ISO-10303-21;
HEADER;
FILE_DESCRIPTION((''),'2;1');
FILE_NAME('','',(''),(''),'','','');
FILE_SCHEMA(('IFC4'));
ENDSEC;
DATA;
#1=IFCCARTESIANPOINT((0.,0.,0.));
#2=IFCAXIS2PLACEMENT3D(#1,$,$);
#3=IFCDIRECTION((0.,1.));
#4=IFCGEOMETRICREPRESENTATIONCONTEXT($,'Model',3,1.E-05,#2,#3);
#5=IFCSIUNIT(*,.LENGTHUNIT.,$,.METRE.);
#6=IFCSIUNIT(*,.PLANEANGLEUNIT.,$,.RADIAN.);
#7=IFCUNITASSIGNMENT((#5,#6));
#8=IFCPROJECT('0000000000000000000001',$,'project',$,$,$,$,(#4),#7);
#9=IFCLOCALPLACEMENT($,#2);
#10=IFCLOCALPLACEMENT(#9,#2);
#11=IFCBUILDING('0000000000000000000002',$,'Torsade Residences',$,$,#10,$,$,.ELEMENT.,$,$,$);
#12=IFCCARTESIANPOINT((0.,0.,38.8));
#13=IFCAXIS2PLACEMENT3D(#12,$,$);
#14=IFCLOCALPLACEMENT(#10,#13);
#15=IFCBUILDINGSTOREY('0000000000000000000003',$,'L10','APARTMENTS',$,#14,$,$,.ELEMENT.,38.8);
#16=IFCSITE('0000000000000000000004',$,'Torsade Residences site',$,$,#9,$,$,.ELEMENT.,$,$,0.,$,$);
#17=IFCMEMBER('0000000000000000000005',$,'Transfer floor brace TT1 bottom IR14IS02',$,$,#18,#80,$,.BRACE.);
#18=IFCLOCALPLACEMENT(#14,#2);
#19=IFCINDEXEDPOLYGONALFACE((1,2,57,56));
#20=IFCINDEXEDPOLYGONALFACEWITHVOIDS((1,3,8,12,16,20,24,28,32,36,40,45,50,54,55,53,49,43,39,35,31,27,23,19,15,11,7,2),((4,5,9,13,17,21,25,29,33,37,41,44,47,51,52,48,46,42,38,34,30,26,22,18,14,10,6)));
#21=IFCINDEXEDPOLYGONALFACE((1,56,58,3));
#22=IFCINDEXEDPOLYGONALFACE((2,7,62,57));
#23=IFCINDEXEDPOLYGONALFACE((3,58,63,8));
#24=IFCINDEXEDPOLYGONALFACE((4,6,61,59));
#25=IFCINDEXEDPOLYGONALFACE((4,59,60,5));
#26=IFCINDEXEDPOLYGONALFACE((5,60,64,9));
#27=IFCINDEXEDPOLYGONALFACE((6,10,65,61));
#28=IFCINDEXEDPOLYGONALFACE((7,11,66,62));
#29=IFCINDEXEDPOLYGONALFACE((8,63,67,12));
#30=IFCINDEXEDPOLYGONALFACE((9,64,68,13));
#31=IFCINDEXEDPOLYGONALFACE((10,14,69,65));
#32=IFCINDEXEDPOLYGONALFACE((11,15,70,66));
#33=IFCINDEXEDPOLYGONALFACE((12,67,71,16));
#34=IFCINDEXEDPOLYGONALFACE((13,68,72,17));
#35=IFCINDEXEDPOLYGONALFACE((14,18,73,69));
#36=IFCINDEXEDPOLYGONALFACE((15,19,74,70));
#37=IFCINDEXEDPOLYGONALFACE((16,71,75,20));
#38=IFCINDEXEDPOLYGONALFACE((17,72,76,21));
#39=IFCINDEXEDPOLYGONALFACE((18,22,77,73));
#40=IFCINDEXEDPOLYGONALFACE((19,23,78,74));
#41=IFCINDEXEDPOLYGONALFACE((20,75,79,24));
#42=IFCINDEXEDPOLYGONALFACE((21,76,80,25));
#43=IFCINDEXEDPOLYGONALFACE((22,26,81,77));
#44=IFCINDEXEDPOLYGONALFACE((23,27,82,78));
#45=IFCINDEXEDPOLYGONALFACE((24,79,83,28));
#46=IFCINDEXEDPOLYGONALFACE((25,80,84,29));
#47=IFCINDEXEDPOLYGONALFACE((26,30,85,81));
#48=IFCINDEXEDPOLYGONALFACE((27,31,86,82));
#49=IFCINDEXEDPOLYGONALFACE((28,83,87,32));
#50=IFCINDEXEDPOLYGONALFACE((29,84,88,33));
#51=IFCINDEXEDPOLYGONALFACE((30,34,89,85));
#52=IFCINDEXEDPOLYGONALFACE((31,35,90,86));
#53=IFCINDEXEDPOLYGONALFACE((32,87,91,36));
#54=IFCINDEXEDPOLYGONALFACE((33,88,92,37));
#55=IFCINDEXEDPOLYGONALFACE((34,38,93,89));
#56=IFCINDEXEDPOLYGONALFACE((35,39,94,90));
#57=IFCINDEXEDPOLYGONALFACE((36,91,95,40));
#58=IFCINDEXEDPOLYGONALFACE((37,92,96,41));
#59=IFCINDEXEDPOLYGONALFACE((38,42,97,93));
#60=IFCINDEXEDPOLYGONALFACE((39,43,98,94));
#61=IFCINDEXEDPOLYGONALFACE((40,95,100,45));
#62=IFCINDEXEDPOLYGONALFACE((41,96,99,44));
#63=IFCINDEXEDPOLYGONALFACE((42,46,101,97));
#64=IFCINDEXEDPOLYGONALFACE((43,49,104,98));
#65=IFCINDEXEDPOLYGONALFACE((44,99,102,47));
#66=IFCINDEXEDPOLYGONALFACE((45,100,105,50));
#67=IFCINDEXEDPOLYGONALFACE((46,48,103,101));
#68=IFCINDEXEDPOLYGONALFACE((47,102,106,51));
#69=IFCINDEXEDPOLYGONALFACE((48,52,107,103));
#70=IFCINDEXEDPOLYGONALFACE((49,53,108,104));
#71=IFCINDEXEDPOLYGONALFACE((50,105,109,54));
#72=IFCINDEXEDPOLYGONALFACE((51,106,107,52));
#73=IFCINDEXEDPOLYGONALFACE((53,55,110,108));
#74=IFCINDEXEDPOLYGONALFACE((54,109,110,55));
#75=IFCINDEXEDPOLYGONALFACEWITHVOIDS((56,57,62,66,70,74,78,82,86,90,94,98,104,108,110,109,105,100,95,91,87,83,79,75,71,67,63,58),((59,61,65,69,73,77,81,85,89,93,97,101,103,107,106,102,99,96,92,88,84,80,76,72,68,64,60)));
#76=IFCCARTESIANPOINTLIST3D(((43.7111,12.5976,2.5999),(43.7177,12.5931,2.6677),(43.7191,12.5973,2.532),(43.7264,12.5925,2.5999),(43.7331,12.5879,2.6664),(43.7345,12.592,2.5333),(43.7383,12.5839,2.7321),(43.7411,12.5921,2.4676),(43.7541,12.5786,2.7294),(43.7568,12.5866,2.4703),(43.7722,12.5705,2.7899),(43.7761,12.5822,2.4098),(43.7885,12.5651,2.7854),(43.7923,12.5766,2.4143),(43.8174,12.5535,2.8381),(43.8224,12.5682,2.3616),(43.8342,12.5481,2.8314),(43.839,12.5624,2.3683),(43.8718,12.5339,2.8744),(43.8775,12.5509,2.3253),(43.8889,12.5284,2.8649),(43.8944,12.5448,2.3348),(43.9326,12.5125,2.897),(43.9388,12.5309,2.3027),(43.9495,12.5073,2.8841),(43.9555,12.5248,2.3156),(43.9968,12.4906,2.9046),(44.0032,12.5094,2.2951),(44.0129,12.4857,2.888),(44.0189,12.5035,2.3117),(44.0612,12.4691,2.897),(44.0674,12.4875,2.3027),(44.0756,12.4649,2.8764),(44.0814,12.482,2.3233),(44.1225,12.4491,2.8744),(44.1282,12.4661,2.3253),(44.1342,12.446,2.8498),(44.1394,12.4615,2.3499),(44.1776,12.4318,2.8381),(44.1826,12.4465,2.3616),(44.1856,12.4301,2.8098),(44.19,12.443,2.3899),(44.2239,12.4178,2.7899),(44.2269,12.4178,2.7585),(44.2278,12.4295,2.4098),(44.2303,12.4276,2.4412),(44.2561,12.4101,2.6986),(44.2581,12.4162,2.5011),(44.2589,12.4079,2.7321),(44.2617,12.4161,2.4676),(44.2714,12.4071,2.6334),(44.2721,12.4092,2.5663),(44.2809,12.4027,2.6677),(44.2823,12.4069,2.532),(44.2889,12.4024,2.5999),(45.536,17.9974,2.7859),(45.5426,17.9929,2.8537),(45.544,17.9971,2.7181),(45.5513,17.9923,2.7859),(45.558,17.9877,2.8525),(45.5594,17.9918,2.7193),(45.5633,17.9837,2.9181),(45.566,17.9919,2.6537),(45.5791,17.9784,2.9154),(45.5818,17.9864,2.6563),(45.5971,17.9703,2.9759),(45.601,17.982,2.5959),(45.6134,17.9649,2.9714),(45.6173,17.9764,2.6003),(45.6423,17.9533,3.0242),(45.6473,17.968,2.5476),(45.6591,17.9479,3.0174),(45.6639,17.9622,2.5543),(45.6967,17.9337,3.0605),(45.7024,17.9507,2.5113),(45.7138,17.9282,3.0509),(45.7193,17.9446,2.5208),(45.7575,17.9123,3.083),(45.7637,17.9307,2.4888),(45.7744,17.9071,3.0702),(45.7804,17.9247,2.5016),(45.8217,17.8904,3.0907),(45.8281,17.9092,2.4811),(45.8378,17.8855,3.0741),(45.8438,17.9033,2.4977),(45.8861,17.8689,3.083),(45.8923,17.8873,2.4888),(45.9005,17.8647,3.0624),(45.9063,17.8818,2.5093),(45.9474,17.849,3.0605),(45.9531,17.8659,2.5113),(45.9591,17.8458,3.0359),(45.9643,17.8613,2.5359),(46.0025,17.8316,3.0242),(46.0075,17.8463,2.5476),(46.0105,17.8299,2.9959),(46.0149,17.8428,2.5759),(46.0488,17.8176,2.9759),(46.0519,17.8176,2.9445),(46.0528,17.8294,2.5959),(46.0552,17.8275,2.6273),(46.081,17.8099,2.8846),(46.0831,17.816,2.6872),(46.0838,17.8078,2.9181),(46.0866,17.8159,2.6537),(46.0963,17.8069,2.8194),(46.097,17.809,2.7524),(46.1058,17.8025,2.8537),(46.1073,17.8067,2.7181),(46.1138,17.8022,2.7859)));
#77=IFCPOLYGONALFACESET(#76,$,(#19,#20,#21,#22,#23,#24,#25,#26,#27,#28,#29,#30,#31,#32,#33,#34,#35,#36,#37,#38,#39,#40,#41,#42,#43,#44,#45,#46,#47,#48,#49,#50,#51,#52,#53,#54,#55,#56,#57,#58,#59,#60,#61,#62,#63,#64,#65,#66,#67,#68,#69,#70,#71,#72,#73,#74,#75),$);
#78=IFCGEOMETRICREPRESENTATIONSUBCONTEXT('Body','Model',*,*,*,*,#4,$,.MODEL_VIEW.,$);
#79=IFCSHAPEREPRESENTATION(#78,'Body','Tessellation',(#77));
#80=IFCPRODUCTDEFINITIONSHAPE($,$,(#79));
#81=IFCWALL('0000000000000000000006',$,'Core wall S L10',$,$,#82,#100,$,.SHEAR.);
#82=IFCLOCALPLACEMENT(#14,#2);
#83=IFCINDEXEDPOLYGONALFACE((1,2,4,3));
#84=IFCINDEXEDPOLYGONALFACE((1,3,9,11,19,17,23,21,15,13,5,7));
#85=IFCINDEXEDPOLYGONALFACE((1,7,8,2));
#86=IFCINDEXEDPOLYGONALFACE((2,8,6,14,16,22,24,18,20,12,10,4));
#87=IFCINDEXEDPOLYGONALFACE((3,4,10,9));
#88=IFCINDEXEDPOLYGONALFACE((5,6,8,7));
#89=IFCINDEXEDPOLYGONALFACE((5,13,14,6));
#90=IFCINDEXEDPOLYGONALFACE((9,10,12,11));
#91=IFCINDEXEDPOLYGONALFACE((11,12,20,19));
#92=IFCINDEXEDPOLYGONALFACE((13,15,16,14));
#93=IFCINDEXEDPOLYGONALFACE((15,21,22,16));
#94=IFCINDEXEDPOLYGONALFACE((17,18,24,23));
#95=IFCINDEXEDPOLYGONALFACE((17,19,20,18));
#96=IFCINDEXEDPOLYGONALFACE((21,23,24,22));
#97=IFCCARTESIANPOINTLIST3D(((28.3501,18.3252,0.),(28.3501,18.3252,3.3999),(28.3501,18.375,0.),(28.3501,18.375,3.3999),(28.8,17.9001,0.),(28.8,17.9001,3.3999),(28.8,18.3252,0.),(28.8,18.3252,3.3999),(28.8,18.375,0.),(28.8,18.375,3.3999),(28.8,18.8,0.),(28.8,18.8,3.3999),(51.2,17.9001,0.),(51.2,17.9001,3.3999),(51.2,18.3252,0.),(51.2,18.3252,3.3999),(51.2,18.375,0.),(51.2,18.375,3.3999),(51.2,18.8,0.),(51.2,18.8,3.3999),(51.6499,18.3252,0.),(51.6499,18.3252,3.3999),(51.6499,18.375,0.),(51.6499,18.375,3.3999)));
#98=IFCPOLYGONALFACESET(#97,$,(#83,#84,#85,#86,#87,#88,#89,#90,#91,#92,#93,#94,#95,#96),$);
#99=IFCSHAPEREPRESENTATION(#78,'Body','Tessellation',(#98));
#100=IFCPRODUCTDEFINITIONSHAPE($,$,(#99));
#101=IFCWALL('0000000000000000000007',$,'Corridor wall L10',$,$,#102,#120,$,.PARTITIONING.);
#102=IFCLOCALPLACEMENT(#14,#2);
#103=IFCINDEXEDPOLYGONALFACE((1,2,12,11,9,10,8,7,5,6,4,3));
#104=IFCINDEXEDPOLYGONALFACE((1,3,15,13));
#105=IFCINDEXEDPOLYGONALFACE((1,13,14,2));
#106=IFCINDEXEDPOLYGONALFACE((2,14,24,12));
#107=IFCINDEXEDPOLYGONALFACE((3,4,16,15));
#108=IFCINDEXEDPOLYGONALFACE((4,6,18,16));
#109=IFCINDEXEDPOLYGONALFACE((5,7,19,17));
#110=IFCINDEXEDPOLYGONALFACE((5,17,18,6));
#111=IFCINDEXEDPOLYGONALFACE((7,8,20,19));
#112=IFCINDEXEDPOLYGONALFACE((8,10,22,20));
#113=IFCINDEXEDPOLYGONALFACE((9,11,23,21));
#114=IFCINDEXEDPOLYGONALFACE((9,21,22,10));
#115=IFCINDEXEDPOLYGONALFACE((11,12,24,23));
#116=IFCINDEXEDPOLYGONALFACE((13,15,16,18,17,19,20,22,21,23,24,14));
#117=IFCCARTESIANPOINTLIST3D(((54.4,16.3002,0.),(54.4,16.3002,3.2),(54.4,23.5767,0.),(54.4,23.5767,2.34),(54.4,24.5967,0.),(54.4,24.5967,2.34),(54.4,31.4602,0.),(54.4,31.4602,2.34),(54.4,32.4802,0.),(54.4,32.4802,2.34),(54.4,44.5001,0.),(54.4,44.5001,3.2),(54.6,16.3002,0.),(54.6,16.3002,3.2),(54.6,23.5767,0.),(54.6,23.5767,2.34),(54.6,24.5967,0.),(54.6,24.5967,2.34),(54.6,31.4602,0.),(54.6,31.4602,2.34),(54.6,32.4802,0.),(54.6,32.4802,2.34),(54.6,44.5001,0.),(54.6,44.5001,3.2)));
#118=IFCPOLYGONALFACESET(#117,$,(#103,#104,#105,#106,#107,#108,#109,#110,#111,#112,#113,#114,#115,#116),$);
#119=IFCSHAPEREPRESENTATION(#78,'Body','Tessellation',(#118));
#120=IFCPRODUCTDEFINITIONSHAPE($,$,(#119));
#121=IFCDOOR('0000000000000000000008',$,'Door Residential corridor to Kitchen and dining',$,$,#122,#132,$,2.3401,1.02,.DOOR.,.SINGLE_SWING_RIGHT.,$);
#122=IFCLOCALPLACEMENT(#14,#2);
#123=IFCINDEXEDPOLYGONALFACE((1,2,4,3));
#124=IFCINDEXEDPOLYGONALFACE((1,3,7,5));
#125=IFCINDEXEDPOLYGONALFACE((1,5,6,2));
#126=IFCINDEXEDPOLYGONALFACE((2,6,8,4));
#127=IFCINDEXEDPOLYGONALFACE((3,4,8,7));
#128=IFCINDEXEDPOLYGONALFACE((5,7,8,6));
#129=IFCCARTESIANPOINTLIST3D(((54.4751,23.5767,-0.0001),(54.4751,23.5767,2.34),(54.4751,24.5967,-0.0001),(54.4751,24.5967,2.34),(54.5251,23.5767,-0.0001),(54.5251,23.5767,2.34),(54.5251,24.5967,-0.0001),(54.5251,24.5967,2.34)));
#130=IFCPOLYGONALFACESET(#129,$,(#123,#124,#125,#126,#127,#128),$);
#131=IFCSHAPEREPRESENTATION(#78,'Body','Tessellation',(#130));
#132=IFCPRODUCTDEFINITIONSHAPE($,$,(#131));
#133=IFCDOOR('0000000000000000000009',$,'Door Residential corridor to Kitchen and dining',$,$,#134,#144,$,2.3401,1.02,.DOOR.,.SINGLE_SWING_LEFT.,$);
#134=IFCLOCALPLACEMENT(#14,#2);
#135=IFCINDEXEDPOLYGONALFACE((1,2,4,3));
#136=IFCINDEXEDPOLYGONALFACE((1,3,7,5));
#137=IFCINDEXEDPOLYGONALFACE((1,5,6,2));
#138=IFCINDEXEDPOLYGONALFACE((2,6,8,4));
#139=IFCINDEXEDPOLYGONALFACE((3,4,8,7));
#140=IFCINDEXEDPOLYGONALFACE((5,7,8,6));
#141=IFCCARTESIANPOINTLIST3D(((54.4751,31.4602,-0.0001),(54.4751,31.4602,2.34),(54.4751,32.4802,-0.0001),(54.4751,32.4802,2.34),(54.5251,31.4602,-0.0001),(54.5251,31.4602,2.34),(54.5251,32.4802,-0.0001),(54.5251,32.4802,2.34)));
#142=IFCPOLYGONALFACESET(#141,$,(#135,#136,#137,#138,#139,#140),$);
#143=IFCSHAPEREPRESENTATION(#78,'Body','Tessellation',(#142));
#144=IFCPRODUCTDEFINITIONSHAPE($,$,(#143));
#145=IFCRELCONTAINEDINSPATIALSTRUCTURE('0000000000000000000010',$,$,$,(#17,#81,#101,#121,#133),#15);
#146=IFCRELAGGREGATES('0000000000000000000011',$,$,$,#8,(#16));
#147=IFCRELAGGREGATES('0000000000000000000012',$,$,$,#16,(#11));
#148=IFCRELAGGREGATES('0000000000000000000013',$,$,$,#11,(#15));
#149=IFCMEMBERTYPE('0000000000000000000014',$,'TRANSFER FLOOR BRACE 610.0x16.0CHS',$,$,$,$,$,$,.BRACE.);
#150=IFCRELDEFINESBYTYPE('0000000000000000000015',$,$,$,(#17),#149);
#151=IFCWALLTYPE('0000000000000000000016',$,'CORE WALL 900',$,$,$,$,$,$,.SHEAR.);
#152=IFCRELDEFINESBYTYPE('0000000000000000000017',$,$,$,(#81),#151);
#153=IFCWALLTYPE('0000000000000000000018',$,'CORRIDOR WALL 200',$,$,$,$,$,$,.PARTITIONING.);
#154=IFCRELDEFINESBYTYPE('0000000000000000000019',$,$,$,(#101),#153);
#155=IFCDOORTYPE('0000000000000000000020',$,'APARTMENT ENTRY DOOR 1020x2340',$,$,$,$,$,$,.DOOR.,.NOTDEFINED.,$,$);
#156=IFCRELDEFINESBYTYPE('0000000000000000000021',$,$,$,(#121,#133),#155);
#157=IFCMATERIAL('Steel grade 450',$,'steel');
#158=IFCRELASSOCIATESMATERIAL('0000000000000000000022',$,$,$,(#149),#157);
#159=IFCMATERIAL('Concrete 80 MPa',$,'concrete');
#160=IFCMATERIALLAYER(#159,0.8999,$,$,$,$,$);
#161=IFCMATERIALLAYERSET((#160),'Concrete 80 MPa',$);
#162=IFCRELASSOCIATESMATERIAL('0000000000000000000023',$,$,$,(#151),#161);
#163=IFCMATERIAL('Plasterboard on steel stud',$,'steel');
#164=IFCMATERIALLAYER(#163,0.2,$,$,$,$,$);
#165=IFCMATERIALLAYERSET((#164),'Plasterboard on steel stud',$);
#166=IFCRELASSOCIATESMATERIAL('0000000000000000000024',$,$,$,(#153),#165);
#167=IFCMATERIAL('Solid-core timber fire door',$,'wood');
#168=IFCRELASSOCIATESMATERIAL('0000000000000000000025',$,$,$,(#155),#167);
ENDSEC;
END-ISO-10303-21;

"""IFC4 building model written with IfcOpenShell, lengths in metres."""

from ifc_helpers import new_model, si_unit, direction, frame, frame_2d, origin, origin_2d, place, context, subcontext, project, spatial, polyline, rectangle, hollow_circle, outline, extrude, material, layer, layer_set, material_profile, profile_set, type_object, element, fill, save


model = new_model("IFC4")

# Units and contexts
model_context = context("Model", 3, precision=1e-05, world=origin(), true_north=direction((0.0, 1.0)))
body_context = subcontext(model_context, "Body", "Model", "MODEL_VIEW")
ifc_project = project(units=[si_unit("LENGTHUNIT", "METRE"), si_unit("PLANEANGLEUNIT", "RADIAN")], contexts=[model_context])

# Site, building, storey
site_placement = place(None, origin())
site = spatial("IfcSite", under=ifc_project, at=site_placement, Name="Torsade Residences site", CompositionType="ELEMENT", RefElevation=0.0)
building_placement = place(site_placement, origin())
building = spatial("IfcBuilding", under=site, at=building_placement, Name="Torsade Residences", CompositionType="ELEMENT")
storey_placement = place(building_placement, frame((0.0, 0.0, 38.8)))
storey = spatial("IfcBuildingStorey", under=building, at=storey_placement, Name="L10", Description="APARTMENTS", CompositionType="ELEMENT", Elevation=38.8)

# Member
ifc_material_1 = material(Name="Steel grade 450", Category="steel")
ifc_material_profile_1 = material_profile(ifc_material_1, hollow_circle(Radius=0.3049, WallThickness=0.0161, at=origin_2d()), Name="610.0x16.0CHS")
ifc_profile_set_1 = profile_set([ifc_material_profile_1], Name="Steel grade 450")
member_type = type_object("IfcMemberType", Name="TRANSFER FLOOR BRACE 610.0x16.0CHS", PredefinedType="BRACE", material=ifc_profile_set_1)
member_1_placement = place(storey_placement, frame((44.0, 12.5, 2.5999), z_axis=(0.319999, 0.946856, 0.032621), x_axis=(-0.94736, 0.32017, 0.0)))
element("IfcMember", 1, at=member_1_placement, inside=storey, type_object=member_type, Name="Transfer floor brace TT1 bottom IR14IS02", PredefinedType="BRACE", context=body_context, shape_type="SweptSolid", body=[
    extrude(hollow_circle(Radius=0.3049, WallThickness=0.0161, at=origin_2d()), origin(), (0.0, 0.0, 1.0), 5.7029),
])

# Wall
ifc_material_2 = material(Name="Concrete 80 MPa", Category="concrete")
ifc_layer_1 = layer(ifc_material_2, 0.8999)
ifc_layer_set_1 = layer_set([ifc_layer_1], Name="Concrete 80 MPa")
wall_type_1 = type_object("IfcWallType", Name="CORE WALL 900", PredefinedType="SHEAR", material=ifc_layer_set_1)
wall_1_placement = place(storey_placement, frame((51.2, 18.3501, 0.0), z_axis=(0.0, 0.0, 1.0), x_axis=(-1.0, 0.0, 0.0)))
element("IfcWall", 2, at=wall_1_placement, inside=storey, type_object=wall_type_1, Name="Core wall S L10", PredefinedType="SHEAR", context=body_context, shape_type="SweptSolid", body=[
    extrude(outline(polyline([(0.0, -0.45), (22.3999, -0.45), (22.3999, -0.0249), (22.8499, -0.0249), (22.8499, 0.0249), (22.3999, 0.0249), (22.3999, 0.45), (0.0, 0.45), (0.0, 0.0249), (-0.45, 0.0249), (-0.45, -0.0249), (0.0, -0.0249), (0.0, -0.45)])), origin(), (0.0, 0.0, 1.0), 3.3999),
])

# Wall, openings, doors
ifc_material_3 = material(Name="Plasterboard on steel stud", Category="steel")
ifc_layer_2 = layer(ifc_material_3, 0.2)
ifc_layer_set_2 = layer_set([ifc_layer_2], Name="Plasterboard on steel stud")
wall_type_2 = type_object("IfcWallType", Name="CORRIDOR WALL 200", PredefinedType="PARTITIONING", material=ifc_layer_set_2)
wall_2_placement = place(storey_placement, frame((54.5, 16.3, 0.0), z_axis=(0.0, 0.0, 1.0), x_axis=(0.0, 1.0, 0.0)))
wall_2 = element("IfcWall", 3, at=wall_2_placement, inside=storey, type_object=wall_type_2, Name="Corridor wall L10", PredefinedType="PARTITIONING", context=body_context, shape_type="SweptSolid", body=[
    extrude(rectangle(XDim=28.2, YDim=0.2, at=frame_2d((14.1001, 0.0))), origin(), (0.0, 0.0, 1.0), 3.2),
])
opening_1_placement = place(wall_2_placement, frame((7.2766, 0.0, 0.0)))
opening_1 = element("IfcOpeningElement", 4, at=opening_1_placement, cuts=wall_2, PredefinedType="OPENING", context=body_context, shape_type="SweptSolid", body=[
    extrude(rectangle(XDim=1.02, YDim=2.3401, at=frame_2d((0.51, 1.1699))), frame((0.0, 0.1099, 0.0), z_axis=(0.0, -1.0, 0.0), x_axis=(1.0, 0.0, 0.0)), (0.0, 0.0, 1.0), 0.22),
])
opening_2_placement = place(wall_2_placement, frame((15.1602, 0.0, 0.0)))
opening_2 = element("IfcOpeningElement", 5, at=opening_2_placement, cuts=wall_2, PredefinedType="OPENING", context=body_context, shape_type="SweptSolid", body=[
    extrude(rectangle(XDim=1.02, YDim=2.3401, at=frame_2d((0.51, 1.1699))), frame((0.0, 0.1099, 0.0), z_axis=(0.0, -1.0, 0.0), x_axis=(1.0, 0.0, 0.0)), (0.0, 0.0, 1.0), 0.22),
])
ifc_material_4 = material(Name="Solid-core timber fire door", Category="wood")
door_type_1 = type_object("IfcDoorType", Name="APARTMENT ENTRY DOOR 1020x2340", OperationType="NOTDEFINED", PredefinedType="DOOR", material=ifc_material_4)
door_1_placement = place(opening_1_placement, origin())
door_1 = element("IfcDoor", 6, at=door_1_placement, inside=storey, type_object=door_type_1, Name="Door Residential corridor to Kitchen and dining", OperationType="SINGLE_SWING_RIGHT", OverallHeight=2.3401, OverallWidth=1.02, PredefinedType="DOOR", context=body_context, shape_type="SweptSolid", body=[
    extrude(rectangle(XDim=1.02, YDim=2.3401, at=frame_2d((0.51, 1.1699))), frame((0.0, 0.0249, 0.0), z_axis=(0.0, -1.0, 0.0), x_axis=(1.0, 0.0, 0.0)), (0.0, 0.0, 1.0), 0.05),
])
fill(opening_1, door_1)
door_2_placement = place(opening_2_placement, origin())
door_2 = element("IfcDoor", 7, at=door_2_placement, inside=storey, type_object=door_type_1, Name="Door Residential corridor to Kitchen and dining", OperationType="SINGLE_SWING_LEFT", OverallHeight=2.3401, OverallWidth=1.02, PredefinedType="DOOR", context=body_context, shape_type="SweptSolid", body=[
    extrude(rectangle(XDim=1.02, YDim=2.3401, at=frame_2d((0.51, 1.1699))), frame((0.0, 0.0249, 0.0), z_axis=(0.0, -1.0, 0.0), x_axis=(1.0, 0.0, 0.0)), (0.0, 0.0, 1.0), 0.05),
])
fill(opening_2, door_2)

save(model, "model.ifc")
